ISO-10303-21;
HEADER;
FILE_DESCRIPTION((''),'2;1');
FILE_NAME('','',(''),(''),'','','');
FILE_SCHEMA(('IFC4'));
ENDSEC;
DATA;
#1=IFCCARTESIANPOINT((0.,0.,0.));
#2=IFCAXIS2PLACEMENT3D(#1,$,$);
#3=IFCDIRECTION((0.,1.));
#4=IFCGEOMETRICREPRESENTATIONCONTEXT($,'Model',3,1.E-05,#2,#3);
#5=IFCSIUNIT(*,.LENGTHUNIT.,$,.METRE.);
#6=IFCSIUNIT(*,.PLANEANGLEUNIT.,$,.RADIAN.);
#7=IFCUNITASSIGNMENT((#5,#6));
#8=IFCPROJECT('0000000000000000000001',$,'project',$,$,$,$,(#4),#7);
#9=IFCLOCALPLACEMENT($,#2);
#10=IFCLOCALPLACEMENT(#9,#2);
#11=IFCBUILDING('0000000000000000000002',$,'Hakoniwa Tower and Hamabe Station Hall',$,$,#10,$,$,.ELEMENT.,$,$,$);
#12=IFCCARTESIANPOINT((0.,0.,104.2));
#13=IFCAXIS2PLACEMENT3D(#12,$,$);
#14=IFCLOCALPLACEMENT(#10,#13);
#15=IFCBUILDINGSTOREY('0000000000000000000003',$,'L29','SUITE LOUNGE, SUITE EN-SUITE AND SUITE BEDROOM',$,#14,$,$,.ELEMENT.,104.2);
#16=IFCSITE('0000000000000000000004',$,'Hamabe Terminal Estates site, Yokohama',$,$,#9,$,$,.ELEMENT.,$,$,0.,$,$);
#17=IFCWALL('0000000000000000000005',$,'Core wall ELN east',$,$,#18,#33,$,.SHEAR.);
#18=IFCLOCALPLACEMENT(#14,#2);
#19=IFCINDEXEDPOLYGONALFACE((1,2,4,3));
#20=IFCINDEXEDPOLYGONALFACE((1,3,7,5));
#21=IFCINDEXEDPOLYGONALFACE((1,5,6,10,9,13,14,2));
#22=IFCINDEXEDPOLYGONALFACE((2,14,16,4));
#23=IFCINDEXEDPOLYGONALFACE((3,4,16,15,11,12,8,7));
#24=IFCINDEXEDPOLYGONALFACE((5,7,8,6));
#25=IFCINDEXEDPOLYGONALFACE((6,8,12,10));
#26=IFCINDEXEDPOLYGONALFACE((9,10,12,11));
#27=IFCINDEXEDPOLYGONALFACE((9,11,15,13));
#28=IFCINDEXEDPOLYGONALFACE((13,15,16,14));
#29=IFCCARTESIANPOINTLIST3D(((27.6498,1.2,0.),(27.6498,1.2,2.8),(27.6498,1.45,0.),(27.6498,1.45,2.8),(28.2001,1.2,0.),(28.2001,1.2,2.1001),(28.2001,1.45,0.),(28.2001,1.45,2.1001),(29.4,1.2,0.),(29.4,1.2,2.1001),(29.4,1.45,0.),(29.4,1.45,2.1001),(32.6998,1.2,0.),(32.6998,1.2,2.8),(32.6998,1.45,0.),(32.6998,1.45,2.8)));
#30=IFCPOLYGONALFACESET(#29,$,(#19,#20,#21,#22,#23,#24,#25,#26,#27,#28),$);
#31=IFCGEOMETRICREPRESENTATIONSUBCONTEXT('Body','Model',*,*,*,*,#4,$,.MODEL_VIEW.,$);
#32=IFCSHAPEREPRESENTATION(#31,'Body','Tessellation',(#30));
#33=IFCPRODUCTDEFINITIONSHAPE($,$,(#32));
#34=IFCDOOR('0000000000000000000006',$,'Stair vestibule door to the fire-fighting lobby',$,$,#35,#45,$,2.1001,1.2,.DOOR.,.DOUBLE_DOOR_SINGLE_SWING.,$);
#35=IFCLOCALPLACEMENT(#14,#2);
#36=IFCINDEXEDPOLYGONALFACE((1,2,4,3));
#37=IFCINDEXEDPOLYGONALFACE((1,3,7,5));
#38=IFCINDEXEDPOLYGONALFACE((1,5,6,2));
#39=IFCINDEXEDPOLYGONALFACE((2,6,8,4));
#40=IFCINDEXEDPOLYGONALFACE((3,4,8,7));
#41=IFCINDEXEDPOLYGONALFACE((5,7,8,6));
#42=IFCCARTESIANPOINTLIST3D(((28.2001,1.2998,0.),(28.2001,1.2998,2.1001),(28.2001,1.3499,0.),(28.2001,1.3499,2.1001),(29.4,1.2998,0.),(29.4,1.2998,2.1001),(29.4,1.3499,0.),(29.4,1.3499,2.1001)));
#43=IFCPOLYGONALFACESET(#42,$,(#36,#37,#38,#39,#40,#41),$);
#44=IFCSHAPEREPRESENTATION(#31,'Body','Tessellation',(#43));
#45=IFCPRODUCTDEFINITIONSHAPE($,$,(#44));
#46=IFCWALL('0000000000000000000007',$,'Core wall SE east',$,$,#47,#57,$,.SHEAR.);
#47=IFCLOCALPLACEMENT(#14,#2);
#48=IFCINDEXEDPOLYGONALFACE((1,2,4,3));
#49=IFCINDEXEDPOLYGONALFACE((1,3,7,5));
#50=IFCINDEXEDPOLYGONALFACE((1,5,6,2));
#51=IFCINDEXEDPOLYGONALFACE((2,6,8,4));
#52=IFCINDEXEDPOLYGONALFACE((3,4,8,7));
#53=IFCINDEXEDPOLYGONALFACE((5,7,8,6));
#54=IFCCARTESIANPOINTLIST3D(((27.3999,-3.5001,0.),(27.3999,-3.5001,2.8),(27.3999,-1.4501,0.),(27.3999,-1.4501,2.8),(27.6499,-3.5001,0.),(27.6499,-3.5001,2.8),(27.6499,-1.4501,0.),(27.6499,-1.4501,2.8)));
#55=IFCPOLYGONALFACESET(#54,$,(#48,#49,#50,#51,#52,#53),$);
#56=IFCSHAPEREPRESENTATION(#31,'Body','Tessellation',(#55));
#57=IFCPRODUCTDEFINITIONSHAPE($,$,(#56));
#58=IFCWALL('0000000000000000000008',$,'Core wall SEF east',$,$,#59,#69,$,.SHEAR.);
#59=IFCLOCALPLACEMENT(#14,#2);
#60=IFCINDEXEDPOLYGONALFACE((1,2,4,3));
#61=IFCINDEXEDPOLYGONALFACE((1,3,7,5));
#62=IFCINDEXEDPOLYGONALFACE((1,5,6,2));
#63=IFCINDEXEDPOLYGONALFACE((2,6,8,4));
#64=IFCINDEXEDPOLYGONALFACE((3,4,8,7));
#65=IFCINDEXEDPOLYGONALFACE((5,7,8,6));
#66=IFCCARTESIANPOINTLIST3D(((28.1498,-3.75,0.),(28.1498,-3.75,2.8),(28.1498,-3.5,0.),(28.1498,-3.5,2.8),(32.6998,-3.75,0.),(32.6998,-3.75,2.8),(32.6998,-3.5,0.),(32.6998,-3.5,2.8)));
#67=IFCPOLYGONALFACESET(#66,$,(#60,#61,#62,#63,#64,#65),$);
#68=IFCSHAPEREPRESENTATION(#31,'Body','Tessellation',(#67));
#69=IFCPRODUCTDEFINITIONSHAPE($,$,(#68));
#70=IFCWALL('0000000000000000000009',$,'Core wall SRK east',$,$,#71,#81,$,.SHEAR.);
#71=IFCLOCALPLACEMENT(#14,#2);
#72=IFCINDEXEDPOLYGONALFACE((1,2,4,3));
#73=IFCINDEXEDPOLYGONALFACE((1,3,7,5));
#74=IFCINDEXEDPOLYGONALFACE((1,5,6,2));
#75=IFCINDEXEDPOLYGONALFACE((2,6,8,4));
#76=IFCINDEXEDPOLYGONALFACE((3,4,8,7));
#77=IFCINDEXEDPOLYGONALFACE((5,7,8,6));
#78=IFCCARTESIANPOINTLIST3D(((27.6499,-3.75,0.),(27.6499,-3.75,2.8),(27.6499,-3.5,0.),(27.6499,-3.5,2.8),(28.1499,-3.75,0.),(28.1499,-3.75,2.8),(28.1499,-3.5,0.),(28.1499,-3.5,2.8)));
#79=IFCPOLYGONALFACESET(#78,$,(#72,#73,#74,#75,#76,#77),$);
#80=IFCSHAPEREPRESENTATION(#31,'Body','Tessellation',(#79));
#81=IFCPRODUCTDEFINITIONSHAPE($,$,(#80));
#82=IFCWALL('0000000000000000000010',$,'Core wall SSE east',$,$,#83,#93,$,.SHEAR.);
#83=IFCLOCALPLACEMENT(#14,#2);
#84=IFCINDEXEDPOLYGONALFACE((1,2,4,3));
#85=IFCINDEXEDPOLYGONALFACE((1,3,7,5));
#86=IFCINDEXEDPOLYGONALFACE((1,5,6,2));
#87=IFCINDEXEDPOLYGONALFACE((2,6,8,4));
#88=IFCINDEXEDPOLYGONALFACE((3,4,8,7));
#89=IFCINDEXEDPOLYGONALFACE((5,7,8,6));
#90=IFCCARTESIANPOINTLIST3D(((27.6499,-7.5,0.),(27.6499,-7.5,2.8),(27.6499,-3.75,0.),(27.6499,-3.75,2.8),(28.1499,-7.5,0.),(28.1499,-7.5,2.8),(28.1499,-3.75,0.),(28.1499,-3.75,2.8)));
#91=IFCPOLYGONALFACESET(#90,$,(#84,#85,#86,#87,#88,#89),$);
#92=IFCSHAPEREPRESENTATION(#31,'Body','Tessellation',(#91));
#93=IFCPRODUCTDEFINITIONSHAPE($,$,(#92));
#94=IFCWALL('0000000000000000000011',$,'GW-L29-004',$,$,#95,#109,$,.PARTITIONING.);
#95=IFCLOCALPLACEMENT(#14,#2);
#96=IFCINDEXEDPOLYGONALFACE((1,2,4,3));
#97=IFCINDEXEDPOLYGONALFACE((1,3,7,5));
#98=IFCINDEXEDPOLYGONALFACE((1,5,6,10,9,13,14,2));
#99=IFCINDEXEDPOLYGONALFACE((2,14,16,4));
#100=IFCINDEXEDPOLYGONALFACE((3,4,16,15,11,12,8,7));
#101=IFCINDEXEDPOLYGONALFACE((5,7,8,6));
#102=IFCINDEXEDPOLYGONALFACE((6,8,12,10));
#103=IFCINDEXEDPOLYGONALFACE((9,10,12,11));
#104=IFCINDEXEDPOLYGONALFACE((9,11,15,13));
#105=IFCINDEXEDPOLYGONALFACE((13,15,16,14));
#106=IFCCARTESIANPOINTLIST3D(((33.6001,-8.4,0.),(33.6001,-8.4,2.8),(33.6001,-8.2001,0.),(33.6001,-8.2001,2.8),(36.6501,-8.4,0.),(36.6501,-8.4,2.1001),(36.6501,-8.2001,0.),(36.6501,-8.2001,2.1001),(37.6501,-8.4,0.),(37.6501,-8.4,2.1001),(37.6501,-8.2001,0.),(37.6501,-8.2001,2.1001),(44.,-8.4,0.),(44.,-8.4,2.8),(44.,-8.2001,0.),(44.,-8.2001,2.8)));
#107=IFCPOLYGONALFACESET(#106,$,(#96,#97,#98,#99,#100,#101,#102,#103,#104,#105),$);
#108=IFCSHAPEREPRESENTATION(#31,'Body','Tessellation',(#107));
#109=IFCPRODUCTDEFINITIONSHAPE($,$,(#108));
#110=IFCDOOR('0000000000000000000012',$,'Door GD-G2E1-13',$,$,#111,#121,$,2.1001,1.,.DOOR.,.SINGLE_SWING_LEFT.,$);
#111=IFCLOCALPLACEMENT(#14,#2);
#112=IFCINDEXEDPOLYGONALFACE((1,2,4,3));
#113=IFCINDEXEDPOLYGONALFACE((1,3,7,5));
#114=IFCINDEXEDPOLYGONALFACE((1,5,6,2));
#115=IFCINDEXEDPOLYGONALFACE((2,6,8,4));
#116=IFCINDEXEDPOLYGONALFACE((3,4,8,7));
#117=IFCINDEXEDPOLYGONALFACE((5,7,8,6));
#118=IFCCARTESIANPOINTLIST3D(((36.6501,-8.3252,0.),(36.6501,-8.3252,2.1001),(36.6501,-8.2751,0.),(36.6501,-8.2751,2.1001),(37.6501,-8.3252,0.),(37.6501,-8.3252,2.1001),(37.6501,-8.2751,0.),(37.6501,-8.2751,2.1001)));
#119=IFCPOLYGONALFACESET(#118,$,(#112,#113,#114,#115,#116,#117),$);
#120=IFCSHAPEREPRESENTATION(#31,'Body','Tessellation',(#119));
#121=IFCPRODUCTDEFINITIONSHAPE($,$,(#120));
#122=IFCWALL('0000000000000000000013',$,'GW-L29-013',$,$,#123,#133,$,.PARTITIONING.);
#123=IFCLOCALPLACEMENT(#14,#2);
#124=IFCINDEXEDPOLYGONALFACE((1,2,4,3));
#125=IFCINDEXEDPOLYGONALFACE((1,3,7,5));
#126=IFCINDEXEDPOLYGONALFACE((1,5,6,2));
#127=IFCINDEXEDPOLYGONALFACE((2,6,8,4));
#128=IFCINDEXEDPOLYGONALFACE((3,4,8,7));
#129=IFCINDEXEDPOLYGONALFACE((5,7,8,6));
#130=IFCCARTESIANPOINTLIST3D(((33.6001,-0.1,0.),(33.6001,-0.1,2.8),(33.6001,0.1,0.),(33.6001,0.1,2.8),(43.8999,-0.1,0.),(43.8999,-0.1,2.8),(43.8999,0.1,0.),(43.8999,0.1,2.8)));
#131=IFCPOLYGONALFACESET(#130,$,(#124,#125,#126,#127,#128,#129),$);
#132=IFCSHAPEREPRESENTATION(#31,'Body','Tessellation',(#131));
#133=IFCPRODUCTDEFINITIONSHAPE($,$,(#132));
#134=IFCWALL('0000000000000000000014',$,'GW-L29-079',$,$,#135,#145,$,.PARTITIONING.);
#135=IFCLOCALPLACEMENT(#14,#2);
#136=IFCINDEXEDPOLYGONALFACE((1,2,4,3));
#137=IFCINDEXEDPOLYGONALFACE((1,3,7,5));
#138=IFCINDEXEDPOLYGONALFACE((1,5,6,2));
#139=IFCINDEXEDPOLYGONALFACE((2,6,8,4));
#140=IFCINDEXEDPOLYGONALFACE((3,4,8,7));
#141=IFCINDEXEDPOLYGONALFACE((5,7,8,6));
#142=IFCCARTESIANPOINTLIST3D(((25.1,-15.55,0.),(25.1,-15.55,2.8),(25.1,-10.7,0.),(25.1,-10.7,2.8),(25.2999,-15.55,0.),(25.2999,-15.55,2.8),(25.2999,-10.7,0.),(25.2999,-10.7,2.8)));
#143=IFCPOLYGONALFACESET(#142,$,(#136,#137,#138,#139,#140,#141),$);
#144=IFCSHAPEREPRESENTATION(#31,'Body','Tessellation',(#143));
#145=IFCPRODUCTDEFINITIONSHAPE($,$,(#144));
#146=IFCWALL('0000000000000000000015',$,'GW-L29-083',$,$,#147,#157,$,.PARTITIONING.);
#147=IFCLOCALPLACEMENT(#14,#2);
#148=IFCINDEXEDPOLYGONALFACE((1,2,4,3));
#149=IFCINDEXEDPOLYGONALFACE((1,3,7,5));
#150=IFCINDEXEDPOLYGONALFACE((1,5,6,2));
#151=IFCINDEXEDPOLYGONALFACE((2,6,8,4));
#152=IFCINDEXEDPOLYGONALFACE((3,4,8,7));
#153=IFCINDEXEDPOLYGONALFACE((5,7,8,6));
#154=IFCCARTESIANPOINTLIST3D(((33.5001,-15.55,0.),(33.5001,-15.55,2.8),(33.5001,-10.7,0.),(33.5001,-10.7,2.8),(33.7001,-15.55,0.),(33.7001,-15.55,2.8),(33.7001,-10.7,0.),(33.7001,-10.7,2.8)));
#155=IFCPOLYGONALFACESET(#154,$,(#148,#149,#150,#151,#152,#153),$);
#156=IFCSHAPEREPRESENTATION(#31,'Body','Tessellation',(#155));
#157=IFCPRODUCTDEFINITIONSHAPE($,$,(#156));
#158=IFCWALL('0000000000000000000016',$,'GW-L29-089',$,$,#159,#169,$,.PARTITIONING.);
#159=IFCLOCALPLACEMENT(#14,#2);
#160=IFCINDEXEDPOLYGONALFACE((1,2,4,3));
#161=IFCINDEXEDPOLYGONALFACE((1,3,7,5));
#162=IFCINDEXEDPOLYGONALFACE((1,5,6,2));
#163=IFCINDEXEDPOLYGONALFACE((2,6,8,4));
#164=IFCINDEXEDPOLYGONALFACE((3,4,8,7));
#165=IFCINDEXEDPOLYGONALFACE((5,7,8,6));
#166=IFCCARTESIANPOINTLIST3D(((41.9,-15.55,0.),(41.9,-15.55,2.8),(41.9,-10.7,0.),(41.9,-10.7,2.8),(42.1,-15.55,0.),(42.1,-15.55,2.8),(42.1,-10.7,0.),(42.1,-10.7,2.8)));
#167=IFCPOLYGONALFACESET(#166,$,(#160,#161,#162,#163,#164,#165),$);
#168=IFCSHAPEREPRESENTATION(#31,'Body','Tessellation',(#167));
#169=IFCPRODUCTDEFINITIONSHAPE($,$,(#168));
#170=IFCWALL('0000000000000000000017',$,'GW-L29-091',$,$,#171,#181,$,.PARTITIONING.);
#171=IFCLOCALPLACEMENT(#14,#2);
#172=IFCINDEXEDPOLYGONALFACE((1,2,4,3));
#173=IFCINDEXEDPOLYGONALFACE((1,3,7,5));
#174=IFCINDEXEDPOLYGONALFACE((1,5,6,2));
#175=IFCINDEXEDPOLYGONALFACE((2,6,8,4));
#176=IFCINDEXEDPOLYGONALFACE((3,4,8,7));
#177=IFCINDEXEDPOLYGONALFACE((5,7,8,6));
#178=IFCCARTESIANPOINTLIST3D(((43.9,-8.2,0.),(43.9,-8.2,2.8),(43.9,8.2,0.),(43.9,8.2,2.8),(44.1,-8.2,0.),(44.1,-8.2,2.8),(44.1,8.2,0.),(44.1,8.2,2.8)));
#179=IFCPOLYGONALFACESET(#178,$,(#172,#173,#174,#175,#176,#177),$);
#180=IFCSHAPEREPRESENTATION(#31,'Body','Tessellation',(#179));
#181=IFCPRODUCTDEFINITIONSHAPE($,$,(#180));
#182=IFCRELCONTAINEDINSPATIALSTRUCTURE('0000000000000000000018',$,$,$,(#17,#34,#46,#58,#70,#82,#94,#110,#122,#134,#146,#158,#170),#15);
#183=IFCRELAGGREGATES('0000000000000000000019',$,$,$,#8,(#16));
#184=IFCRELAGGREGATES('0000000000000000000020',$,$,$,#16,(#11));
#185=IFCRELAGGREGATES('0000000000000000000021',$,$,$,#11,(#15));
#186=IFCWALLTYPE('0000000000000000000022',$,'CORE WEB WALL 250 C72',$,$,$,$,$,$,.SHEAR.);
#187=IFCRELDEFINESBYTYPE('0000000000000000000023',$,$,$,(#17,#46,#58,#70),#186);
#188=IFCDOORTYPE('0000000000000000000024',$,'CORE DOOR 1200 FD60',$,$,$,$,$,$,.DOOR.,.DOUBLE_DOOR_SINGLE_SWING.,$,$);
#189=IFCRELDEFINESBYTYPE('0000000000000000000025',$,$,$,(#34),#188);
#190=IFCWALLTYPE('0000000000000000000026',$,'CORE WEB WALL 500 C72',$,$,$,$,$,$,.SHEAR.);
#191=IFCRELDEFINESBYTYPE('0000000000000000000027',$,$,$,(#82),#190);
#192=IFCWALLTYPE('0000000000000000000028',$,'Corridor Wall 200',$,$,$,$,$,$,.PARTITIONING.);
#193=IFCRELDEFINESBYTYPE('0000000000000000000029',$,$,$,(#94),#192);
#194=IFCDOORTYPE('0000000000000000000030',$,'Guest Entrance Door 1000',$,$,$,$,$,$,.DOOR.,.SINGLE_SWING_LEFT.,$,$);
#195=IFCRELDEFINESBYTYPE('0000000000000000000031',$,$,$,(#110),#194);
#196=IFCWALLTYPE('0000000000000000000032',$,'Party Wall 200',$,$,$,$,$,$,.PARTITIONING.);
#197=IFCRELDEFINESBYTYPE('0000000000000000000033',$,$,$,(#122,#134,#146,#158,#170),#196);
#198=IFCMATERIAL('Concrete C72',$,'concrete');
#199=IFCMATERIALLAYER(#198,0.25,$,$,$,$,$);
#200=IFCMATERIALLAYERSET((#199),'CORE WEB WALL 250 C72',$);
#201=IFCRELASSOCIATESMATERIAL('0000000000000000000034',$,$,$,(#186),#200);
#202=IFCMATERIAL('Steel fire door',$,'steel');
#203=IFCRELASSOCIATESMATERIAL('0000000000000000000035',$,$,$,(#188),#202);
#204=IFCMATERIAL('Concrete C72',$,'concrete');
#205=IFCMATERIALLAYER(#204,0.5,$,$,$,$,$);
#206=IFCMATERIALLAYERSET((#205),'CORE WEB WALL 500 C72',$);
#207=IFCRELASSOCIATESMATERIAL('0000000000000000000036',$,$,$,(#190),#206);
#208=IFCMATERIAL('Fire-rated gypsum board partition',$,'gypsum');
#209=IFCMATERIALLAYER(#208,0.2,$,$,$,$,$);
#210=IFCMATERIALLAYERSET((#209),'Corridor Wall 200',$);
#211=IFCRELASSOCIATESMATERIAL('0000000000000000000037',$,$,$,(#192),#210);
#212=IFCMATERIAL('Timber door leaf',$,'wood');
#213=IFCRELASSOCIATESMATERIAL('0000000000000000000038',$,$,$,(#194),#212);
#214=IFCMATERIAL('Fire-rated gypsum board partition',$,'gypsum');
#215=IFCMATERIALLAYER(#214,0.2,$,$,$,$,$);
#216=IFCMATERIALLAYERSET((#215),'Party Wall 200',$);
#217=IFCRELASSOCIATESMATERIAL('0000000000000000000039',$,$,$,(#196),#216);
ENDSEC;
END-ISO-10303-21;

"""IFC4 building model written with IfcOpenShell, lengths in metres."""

from ifc_helpers import new_model, si_unit, direction, frame, frame_2d, origin, place, context, subcontext, project, spatial, rectangle, extrude, material, layer, layer_set, type_object, element, fill, save


model = new_model("IFC4")

# Units and contexts
model_context = context("Model", 3, precision=1e-05, world=origin(), true_north=direction((0.0, 1.0)))
body_context = subcontext(model_context, "Body", "Model", "MODEL_VIEW")
ifc_project = project(units=[si_unit("LENGTHUNIT", "METRE"), si_unit("PLANEANGLEUNIT", "RADIAN")], contexts=[model_context])

# Site, building, storey
site_placement = place(None, origin())
site = spatial("IfcSite", under=ifc_project, at=site_placement, Name="Hamabe Terminal Estates site, Yokohama", CompositionType="ELEMENT", RefElevation=0.0)
building_placement = place(site_placement, origin())
building = spatial("IfcBuilding", under=site, at=building_placement, Name="Hakoniwa Tower and Hamabe Station Hall", CompositionType="ELEMENT")
storey_placement = place(building_placement, frame((0.0, 0.0, 104.2)))
storey = spatial("IfcBuildingStorey", under=building, at=storey_placement, Name="L29", Description="SUITE LOUNGE, SUITE EN-SUITE AND SUITE BEDROOM", CompositionType="ELEMENT", Elevation=104.2)

# Shared definitions
ifc_material_1 = material(Name="Concrete C72", Category="concrete")
ifc_layer_1 = layer(ifc_material_1, 0.25)
ifc_layer_set_1 = layer_set([ifc_layer_1], Name="CORE WEB WALL 250 C72")
wall_type_1 = type_object("IfcWallType", Name="CORE WEB WALL 250 C72", PredefinedType="SHEAR", material=ifc_layer_set_1)

# Wall, opening, door
wall_1_placement = place(storey_placement, frame((27.6499, 1.325, 0.0), z_axis=(0.0, 0.0, 1.0), x_axis=(1.0, 0.0, 0.0)))
wall_1 = element("IfcWall", 1, at=wall_1_placement, inside=storey, type_object=wall_type_1, Name="Core wall ELN east", PredefinedType="SHEAR", context=body_context, shape_type="SweptSolid", body=[
    extrude(rectangle(XDim=5.05, YDim=0.25, at=frame_2d((2.5249, 0.0))), origin(), (0.0, 0.0, 1.0), 2.8),
])
opening_1_placement = place(wall_1_placement, frame((0.55, 0.0, 0.0)))
opening_1 = element("IfcOpeningElement", 2, at=opening_1_placement, cuts=wall_1, PredefinedType="OPENING", context=body_context, shape_type="SweptSolid", body=[
    extrude(rectangle(XDim=1.2, YDim=2.1001, at=frame_2d((0.6001, 1.05))), frame((0.0, 0.135, 0.0), z_axis=(0.0, -1.0, 0.0), x_axis=(1.0, 0.0, 0.0)), (0.0, 0.0, 1.0), 0.27),
])
ifc_material_2 = material(Name="Steel fire door", Category="steel")
door_type_1 = type_object("IfcDoorType", Name="CORE DOOR 1200 FD60", OperationType="DOUBLE_DOOR_SINGLE_SWING", PredefinedType="DOOR", material=ifc_material_2)
door_1_placement = place(opening_1_placement, origin())
door_1 = element("IfcDoor", 3, at=door_1_placement, inside=storey, type_object=door_type_1, Name="Stair vestibule door to the fire-fighting lobby", OperationType="DOUBLE_DOOR_SINGLE_SWING", OverallHeight=2.1001, OverallWidth=1.2, PredefinedType="DOOR", context=body_context, shape_type="SweptSolid", body=[
    extrude(rectangle(XDim=1.2, YDim=2.1001, at=frame_2d((0.6001, 1.05))), frame((0.0, 0.0249, 0.0), z_axis=(0.0, -1.0, 0.0), x_axis=(1.0, 0.0, 0.0)), (0.0, 0.0, 1.0), 0.05),
])
fill(opening_1, door_1)

# Walls
wall_2_placement = place(storey_placement, frame((27.5249, -3.5, 0.0), z_axis=(0.0, 0.0, 1.0), x_axis=(0.0, 1.0, 0.0)))
element("IfcWall", 4, at=wall_2_placement, inside=storey, type_object=wall_type_1, Name="Core wall SE east", PredefinedType="SHEAR", context=body_context, shape_type="SweptSolid", body=[
    extrude(rectangle(XDim=2.05, YDim=0.25, at=frame_2d((1.0249, 0.0))), origin(), (0.0, 0.0, 1.0), 2.8),
])
wall_3_placement = place(storey_placement, frame((28.1499, -3.625, 0.0), z_axis=(0.0, 0.0, 1.0), x_axis=(1.0, 0.0, 0.0)))
element("IfcWall", 5, at=wall_3_placement, inside=storey, type_object=wall_type_1, Name="Core wall SEF east", PredefinedType="SHEAR", context=body_context, shape_type="SweptSolid", body=[
    extrude(rectangle(XDim=4.55, YDim=0.25, at=frame_2d((2.2749, 0.0))), origin(), (0.0, 0.0, 1.0), 2.8),
])
wall_4_placement = place(storey_placement, frame((27.6499, -3.625, 0.0), z_axis=(0.0, 0.0, 1.0), x_axis=(1.0, 0.0, 0.0)))
element("IfcWall", 6, at=wall_4_placement, inside=storey, type_object=wall_type_1, Name="Core wall SRK east", PredefinedType="SHEAR", context=body_context, shape_type="SweptSolid", body=[
    extrude(rectangle(XDim=0.5, YDim=0.25, at=frame_2d((0.25, 0.0))), origin(), (0.0, 0.0, 1.0), 2.8),
])
ifc_material_3 = material(Name="Concrete C72", Category="concrete")
ifc_layer_2 = layer(ifc_material_3, 0.5)
ifc_layer_set_2 = layer_set([ifc_layer_2], Name="CORE WEB WALL 500 C72")
wall_type_2 = type_object("IfcWallType", Name="CORE WEB WALL 500 C72", PredefinedType="SHEAR", material=ifc_layer_set_2)
wall_5_placement = place(storey_placement, frame((27.8999, -7.5, 0.0), z_axis=(0.0, 0.0, 1.0), x_axis=(0.0, 1.0, 0.0)))
element("IfcWall", 7, at=wall_5_placement, inside=storey, type_object=wall_type_2, Name="Core wall SSE east", PredefinedType="SHEAR", context=body_context, shape_type="SweptSolid", body=[
    extrude(rectangle(XDim=3.75, YDim=0.5, at=frame_2d((1.875, 0.0))), origin(), (0.0, 0.0, 1.0), 2.8),
])

# Wall, opening, door
ifc_material_4 = material(Name="Fire-rated gypsum board partition", Category="gypsum")
ifc_layer_3 = layer(ifc_material_4, 0.2)
ifc_layer_set_3 = layer_set([ifc_layer_3], Name="Corridor Wall 200")
wall_type_3 = type_object("IfcWallType", Name="Corridor Wall 200", PredefinedType="PARTITIONING", material=ifc_layer_set_3)
wall_6_placement = place(storey_placement, frame((33.6001, -8.3, 0.0), z_axis=(0.0, 0.0, 1.0), x_axis=(1.0, 0.0, 0.0)))
wall_6 = element("IfcWall", 8, at=wall_6_placement, inside=storey, type_object=wall_type_3, Name="GW-L29-004", PredefinedType="PARTITIONING", context=body_context, shape_type="SweptSolid", body=[
    extrude(rectangle(XDim=10.3999, YDim=0.2, at=frame_2d((5.2, 0.0))), origin(), (0.0, 0.0, 1.0), 2.8),
])
opening_2_placement = place(wall_6_placement, frame((3.05, 0.0, 0.0)))
opening_2 = element("IfcOpeningElement", 9, at=opening_2_placement, cuts=wall_6, PredefinedType="OPENING", context=body_context, shape_type="SweptSolid", body=[
    extrude(rectangle(XDim=1.0, YDim=2.1001, at=frame_2d((0.5, 1.05))), frame((0.0, 0.1099, 0.0), z_axis=(0.0, -1.0, 0.0), x_axis=(1.0, 0.0, 0.0)), (0.0, 0.0, 1.0), 0.22),
])
ifc_material_5 = material(Name="Timber door leaf", Category="wood")
door_type_2 = type_object("IfcDoorType", Name="Guest Entrance Door 1000", OperationType="SINGLE_SWING_LEFT", PredefinedType="DOOR", material=ifc_material_5)
door_2_placement = place(opening_2_placement, origin())
door_2 = element("IfcDoor", 10, at=door_2_placement, inside=storey, type_object=door_type_2, Name="Door GD-G2E1-13", OperationType="SINGLE_SWING_LEFT", OverallHeight=2.1001, OverallWidth=1.0, PredefinedType="DOOR", context=body_context, shape_type="SweptSolid", body=[
    extrude(rectangle(XDim=1.0, YDim=2.1001, at=frame_2d((0.5, 1.05))), frame((0.0, 0.0249, 0.0), z_axis=(0.0, -1.0, 0.0), x_axis=(1.0, 0.0, 0.0)), (0.0, 0.0, 1.0), 0.05),
])
fill(opening_2, door_2)

# Walls
ifc_material_6 = material(Name="Fire-rated gypsum board partition", Category="gypsum")
ifc_layer_4 = layer(ifc_material_6, 0.2)
ifc_layer_set_4 = layer_set([ifc_layer_4], Name="Party Wall 200")
wall_type_4 = type_object("IfcWallType", Name="Party Wall 200", PredefinedType="PARTITIONING", material=ifc_layer_set_4)
wall_7_placement = place(storey_placement, frame((33.6001, 0.0, 0.0), z_axis=(0.0, 0.0, 1.0), x_axis=(1.0, 0.0, 0.0)))
element("IfcWall", 11, at=wall_7_placement, inside=storey, type_object=wall_type_4, Name="GW-L29-013", PredefinedType="PARTITIONING", context=body_context, shape_type="SweptSolid", body=[
    extrude(rectangle(XDim=10.2998, YDim=0.2, at=frame_2d((5.1499, 0.0))), origin(), (0.0, 0.0, 1.0), 2.8),
])
for number, where, z_axis, x_axis, name in (
    (12, (25.2, -15.55, 0.0), (0.0, 0.0, 1.0), (0.0, 1.0, 0.0), "GW-L29-079"),
    (13, (33.6001, -15.55, 0.0), (0.0, 0.0, 1.0), (0.0, 1.0, 0.0), "GW-L29-083"),
    (14, (42.0, -15.55, 0.0), (0.0, 0.0, 1.0), (0.0, 1.0, 0.0), "GW-L29-089"),
):
    element("IfcWall", number, at=place(storey_placement, frame(where, z_axis=z_axis, x_axis=x_axis)), inside=storey, type_object=wall_type_4, Name=name, PredefinedType="PARTITIONING", context=body_context, shape_type="SweptSolid", body=[
        extrude(rectangle(XDim=4.8501, YDim=0.2, at=frame_2d((2.425, 0.0))), origin(), (0.0, 0.0, 1.0), 2.8),
    ])
wall_8_placement = place(storey_placement, frame((44.0, -8.2, 0.0), z_axis=(0.0, 0.0, 1.0), x_axis=(0.0, 1.0, 0.0)))
element("IfcWall", 15, at=wall_8_placement, inside=storey, type_object=wall_type_4, Name="GW-L29-091", PredefinedType="PARTITIONING", context=body_context, shape_type="SweptSolid", body=[
    extrude(rectangle(XDim=16.3999, YDim=0.2, at=frame_2d((8.2, 0.0))), origin(), (0.0, 0.0, 1.0), 2.8),
])

save(model, "model.ifc")
